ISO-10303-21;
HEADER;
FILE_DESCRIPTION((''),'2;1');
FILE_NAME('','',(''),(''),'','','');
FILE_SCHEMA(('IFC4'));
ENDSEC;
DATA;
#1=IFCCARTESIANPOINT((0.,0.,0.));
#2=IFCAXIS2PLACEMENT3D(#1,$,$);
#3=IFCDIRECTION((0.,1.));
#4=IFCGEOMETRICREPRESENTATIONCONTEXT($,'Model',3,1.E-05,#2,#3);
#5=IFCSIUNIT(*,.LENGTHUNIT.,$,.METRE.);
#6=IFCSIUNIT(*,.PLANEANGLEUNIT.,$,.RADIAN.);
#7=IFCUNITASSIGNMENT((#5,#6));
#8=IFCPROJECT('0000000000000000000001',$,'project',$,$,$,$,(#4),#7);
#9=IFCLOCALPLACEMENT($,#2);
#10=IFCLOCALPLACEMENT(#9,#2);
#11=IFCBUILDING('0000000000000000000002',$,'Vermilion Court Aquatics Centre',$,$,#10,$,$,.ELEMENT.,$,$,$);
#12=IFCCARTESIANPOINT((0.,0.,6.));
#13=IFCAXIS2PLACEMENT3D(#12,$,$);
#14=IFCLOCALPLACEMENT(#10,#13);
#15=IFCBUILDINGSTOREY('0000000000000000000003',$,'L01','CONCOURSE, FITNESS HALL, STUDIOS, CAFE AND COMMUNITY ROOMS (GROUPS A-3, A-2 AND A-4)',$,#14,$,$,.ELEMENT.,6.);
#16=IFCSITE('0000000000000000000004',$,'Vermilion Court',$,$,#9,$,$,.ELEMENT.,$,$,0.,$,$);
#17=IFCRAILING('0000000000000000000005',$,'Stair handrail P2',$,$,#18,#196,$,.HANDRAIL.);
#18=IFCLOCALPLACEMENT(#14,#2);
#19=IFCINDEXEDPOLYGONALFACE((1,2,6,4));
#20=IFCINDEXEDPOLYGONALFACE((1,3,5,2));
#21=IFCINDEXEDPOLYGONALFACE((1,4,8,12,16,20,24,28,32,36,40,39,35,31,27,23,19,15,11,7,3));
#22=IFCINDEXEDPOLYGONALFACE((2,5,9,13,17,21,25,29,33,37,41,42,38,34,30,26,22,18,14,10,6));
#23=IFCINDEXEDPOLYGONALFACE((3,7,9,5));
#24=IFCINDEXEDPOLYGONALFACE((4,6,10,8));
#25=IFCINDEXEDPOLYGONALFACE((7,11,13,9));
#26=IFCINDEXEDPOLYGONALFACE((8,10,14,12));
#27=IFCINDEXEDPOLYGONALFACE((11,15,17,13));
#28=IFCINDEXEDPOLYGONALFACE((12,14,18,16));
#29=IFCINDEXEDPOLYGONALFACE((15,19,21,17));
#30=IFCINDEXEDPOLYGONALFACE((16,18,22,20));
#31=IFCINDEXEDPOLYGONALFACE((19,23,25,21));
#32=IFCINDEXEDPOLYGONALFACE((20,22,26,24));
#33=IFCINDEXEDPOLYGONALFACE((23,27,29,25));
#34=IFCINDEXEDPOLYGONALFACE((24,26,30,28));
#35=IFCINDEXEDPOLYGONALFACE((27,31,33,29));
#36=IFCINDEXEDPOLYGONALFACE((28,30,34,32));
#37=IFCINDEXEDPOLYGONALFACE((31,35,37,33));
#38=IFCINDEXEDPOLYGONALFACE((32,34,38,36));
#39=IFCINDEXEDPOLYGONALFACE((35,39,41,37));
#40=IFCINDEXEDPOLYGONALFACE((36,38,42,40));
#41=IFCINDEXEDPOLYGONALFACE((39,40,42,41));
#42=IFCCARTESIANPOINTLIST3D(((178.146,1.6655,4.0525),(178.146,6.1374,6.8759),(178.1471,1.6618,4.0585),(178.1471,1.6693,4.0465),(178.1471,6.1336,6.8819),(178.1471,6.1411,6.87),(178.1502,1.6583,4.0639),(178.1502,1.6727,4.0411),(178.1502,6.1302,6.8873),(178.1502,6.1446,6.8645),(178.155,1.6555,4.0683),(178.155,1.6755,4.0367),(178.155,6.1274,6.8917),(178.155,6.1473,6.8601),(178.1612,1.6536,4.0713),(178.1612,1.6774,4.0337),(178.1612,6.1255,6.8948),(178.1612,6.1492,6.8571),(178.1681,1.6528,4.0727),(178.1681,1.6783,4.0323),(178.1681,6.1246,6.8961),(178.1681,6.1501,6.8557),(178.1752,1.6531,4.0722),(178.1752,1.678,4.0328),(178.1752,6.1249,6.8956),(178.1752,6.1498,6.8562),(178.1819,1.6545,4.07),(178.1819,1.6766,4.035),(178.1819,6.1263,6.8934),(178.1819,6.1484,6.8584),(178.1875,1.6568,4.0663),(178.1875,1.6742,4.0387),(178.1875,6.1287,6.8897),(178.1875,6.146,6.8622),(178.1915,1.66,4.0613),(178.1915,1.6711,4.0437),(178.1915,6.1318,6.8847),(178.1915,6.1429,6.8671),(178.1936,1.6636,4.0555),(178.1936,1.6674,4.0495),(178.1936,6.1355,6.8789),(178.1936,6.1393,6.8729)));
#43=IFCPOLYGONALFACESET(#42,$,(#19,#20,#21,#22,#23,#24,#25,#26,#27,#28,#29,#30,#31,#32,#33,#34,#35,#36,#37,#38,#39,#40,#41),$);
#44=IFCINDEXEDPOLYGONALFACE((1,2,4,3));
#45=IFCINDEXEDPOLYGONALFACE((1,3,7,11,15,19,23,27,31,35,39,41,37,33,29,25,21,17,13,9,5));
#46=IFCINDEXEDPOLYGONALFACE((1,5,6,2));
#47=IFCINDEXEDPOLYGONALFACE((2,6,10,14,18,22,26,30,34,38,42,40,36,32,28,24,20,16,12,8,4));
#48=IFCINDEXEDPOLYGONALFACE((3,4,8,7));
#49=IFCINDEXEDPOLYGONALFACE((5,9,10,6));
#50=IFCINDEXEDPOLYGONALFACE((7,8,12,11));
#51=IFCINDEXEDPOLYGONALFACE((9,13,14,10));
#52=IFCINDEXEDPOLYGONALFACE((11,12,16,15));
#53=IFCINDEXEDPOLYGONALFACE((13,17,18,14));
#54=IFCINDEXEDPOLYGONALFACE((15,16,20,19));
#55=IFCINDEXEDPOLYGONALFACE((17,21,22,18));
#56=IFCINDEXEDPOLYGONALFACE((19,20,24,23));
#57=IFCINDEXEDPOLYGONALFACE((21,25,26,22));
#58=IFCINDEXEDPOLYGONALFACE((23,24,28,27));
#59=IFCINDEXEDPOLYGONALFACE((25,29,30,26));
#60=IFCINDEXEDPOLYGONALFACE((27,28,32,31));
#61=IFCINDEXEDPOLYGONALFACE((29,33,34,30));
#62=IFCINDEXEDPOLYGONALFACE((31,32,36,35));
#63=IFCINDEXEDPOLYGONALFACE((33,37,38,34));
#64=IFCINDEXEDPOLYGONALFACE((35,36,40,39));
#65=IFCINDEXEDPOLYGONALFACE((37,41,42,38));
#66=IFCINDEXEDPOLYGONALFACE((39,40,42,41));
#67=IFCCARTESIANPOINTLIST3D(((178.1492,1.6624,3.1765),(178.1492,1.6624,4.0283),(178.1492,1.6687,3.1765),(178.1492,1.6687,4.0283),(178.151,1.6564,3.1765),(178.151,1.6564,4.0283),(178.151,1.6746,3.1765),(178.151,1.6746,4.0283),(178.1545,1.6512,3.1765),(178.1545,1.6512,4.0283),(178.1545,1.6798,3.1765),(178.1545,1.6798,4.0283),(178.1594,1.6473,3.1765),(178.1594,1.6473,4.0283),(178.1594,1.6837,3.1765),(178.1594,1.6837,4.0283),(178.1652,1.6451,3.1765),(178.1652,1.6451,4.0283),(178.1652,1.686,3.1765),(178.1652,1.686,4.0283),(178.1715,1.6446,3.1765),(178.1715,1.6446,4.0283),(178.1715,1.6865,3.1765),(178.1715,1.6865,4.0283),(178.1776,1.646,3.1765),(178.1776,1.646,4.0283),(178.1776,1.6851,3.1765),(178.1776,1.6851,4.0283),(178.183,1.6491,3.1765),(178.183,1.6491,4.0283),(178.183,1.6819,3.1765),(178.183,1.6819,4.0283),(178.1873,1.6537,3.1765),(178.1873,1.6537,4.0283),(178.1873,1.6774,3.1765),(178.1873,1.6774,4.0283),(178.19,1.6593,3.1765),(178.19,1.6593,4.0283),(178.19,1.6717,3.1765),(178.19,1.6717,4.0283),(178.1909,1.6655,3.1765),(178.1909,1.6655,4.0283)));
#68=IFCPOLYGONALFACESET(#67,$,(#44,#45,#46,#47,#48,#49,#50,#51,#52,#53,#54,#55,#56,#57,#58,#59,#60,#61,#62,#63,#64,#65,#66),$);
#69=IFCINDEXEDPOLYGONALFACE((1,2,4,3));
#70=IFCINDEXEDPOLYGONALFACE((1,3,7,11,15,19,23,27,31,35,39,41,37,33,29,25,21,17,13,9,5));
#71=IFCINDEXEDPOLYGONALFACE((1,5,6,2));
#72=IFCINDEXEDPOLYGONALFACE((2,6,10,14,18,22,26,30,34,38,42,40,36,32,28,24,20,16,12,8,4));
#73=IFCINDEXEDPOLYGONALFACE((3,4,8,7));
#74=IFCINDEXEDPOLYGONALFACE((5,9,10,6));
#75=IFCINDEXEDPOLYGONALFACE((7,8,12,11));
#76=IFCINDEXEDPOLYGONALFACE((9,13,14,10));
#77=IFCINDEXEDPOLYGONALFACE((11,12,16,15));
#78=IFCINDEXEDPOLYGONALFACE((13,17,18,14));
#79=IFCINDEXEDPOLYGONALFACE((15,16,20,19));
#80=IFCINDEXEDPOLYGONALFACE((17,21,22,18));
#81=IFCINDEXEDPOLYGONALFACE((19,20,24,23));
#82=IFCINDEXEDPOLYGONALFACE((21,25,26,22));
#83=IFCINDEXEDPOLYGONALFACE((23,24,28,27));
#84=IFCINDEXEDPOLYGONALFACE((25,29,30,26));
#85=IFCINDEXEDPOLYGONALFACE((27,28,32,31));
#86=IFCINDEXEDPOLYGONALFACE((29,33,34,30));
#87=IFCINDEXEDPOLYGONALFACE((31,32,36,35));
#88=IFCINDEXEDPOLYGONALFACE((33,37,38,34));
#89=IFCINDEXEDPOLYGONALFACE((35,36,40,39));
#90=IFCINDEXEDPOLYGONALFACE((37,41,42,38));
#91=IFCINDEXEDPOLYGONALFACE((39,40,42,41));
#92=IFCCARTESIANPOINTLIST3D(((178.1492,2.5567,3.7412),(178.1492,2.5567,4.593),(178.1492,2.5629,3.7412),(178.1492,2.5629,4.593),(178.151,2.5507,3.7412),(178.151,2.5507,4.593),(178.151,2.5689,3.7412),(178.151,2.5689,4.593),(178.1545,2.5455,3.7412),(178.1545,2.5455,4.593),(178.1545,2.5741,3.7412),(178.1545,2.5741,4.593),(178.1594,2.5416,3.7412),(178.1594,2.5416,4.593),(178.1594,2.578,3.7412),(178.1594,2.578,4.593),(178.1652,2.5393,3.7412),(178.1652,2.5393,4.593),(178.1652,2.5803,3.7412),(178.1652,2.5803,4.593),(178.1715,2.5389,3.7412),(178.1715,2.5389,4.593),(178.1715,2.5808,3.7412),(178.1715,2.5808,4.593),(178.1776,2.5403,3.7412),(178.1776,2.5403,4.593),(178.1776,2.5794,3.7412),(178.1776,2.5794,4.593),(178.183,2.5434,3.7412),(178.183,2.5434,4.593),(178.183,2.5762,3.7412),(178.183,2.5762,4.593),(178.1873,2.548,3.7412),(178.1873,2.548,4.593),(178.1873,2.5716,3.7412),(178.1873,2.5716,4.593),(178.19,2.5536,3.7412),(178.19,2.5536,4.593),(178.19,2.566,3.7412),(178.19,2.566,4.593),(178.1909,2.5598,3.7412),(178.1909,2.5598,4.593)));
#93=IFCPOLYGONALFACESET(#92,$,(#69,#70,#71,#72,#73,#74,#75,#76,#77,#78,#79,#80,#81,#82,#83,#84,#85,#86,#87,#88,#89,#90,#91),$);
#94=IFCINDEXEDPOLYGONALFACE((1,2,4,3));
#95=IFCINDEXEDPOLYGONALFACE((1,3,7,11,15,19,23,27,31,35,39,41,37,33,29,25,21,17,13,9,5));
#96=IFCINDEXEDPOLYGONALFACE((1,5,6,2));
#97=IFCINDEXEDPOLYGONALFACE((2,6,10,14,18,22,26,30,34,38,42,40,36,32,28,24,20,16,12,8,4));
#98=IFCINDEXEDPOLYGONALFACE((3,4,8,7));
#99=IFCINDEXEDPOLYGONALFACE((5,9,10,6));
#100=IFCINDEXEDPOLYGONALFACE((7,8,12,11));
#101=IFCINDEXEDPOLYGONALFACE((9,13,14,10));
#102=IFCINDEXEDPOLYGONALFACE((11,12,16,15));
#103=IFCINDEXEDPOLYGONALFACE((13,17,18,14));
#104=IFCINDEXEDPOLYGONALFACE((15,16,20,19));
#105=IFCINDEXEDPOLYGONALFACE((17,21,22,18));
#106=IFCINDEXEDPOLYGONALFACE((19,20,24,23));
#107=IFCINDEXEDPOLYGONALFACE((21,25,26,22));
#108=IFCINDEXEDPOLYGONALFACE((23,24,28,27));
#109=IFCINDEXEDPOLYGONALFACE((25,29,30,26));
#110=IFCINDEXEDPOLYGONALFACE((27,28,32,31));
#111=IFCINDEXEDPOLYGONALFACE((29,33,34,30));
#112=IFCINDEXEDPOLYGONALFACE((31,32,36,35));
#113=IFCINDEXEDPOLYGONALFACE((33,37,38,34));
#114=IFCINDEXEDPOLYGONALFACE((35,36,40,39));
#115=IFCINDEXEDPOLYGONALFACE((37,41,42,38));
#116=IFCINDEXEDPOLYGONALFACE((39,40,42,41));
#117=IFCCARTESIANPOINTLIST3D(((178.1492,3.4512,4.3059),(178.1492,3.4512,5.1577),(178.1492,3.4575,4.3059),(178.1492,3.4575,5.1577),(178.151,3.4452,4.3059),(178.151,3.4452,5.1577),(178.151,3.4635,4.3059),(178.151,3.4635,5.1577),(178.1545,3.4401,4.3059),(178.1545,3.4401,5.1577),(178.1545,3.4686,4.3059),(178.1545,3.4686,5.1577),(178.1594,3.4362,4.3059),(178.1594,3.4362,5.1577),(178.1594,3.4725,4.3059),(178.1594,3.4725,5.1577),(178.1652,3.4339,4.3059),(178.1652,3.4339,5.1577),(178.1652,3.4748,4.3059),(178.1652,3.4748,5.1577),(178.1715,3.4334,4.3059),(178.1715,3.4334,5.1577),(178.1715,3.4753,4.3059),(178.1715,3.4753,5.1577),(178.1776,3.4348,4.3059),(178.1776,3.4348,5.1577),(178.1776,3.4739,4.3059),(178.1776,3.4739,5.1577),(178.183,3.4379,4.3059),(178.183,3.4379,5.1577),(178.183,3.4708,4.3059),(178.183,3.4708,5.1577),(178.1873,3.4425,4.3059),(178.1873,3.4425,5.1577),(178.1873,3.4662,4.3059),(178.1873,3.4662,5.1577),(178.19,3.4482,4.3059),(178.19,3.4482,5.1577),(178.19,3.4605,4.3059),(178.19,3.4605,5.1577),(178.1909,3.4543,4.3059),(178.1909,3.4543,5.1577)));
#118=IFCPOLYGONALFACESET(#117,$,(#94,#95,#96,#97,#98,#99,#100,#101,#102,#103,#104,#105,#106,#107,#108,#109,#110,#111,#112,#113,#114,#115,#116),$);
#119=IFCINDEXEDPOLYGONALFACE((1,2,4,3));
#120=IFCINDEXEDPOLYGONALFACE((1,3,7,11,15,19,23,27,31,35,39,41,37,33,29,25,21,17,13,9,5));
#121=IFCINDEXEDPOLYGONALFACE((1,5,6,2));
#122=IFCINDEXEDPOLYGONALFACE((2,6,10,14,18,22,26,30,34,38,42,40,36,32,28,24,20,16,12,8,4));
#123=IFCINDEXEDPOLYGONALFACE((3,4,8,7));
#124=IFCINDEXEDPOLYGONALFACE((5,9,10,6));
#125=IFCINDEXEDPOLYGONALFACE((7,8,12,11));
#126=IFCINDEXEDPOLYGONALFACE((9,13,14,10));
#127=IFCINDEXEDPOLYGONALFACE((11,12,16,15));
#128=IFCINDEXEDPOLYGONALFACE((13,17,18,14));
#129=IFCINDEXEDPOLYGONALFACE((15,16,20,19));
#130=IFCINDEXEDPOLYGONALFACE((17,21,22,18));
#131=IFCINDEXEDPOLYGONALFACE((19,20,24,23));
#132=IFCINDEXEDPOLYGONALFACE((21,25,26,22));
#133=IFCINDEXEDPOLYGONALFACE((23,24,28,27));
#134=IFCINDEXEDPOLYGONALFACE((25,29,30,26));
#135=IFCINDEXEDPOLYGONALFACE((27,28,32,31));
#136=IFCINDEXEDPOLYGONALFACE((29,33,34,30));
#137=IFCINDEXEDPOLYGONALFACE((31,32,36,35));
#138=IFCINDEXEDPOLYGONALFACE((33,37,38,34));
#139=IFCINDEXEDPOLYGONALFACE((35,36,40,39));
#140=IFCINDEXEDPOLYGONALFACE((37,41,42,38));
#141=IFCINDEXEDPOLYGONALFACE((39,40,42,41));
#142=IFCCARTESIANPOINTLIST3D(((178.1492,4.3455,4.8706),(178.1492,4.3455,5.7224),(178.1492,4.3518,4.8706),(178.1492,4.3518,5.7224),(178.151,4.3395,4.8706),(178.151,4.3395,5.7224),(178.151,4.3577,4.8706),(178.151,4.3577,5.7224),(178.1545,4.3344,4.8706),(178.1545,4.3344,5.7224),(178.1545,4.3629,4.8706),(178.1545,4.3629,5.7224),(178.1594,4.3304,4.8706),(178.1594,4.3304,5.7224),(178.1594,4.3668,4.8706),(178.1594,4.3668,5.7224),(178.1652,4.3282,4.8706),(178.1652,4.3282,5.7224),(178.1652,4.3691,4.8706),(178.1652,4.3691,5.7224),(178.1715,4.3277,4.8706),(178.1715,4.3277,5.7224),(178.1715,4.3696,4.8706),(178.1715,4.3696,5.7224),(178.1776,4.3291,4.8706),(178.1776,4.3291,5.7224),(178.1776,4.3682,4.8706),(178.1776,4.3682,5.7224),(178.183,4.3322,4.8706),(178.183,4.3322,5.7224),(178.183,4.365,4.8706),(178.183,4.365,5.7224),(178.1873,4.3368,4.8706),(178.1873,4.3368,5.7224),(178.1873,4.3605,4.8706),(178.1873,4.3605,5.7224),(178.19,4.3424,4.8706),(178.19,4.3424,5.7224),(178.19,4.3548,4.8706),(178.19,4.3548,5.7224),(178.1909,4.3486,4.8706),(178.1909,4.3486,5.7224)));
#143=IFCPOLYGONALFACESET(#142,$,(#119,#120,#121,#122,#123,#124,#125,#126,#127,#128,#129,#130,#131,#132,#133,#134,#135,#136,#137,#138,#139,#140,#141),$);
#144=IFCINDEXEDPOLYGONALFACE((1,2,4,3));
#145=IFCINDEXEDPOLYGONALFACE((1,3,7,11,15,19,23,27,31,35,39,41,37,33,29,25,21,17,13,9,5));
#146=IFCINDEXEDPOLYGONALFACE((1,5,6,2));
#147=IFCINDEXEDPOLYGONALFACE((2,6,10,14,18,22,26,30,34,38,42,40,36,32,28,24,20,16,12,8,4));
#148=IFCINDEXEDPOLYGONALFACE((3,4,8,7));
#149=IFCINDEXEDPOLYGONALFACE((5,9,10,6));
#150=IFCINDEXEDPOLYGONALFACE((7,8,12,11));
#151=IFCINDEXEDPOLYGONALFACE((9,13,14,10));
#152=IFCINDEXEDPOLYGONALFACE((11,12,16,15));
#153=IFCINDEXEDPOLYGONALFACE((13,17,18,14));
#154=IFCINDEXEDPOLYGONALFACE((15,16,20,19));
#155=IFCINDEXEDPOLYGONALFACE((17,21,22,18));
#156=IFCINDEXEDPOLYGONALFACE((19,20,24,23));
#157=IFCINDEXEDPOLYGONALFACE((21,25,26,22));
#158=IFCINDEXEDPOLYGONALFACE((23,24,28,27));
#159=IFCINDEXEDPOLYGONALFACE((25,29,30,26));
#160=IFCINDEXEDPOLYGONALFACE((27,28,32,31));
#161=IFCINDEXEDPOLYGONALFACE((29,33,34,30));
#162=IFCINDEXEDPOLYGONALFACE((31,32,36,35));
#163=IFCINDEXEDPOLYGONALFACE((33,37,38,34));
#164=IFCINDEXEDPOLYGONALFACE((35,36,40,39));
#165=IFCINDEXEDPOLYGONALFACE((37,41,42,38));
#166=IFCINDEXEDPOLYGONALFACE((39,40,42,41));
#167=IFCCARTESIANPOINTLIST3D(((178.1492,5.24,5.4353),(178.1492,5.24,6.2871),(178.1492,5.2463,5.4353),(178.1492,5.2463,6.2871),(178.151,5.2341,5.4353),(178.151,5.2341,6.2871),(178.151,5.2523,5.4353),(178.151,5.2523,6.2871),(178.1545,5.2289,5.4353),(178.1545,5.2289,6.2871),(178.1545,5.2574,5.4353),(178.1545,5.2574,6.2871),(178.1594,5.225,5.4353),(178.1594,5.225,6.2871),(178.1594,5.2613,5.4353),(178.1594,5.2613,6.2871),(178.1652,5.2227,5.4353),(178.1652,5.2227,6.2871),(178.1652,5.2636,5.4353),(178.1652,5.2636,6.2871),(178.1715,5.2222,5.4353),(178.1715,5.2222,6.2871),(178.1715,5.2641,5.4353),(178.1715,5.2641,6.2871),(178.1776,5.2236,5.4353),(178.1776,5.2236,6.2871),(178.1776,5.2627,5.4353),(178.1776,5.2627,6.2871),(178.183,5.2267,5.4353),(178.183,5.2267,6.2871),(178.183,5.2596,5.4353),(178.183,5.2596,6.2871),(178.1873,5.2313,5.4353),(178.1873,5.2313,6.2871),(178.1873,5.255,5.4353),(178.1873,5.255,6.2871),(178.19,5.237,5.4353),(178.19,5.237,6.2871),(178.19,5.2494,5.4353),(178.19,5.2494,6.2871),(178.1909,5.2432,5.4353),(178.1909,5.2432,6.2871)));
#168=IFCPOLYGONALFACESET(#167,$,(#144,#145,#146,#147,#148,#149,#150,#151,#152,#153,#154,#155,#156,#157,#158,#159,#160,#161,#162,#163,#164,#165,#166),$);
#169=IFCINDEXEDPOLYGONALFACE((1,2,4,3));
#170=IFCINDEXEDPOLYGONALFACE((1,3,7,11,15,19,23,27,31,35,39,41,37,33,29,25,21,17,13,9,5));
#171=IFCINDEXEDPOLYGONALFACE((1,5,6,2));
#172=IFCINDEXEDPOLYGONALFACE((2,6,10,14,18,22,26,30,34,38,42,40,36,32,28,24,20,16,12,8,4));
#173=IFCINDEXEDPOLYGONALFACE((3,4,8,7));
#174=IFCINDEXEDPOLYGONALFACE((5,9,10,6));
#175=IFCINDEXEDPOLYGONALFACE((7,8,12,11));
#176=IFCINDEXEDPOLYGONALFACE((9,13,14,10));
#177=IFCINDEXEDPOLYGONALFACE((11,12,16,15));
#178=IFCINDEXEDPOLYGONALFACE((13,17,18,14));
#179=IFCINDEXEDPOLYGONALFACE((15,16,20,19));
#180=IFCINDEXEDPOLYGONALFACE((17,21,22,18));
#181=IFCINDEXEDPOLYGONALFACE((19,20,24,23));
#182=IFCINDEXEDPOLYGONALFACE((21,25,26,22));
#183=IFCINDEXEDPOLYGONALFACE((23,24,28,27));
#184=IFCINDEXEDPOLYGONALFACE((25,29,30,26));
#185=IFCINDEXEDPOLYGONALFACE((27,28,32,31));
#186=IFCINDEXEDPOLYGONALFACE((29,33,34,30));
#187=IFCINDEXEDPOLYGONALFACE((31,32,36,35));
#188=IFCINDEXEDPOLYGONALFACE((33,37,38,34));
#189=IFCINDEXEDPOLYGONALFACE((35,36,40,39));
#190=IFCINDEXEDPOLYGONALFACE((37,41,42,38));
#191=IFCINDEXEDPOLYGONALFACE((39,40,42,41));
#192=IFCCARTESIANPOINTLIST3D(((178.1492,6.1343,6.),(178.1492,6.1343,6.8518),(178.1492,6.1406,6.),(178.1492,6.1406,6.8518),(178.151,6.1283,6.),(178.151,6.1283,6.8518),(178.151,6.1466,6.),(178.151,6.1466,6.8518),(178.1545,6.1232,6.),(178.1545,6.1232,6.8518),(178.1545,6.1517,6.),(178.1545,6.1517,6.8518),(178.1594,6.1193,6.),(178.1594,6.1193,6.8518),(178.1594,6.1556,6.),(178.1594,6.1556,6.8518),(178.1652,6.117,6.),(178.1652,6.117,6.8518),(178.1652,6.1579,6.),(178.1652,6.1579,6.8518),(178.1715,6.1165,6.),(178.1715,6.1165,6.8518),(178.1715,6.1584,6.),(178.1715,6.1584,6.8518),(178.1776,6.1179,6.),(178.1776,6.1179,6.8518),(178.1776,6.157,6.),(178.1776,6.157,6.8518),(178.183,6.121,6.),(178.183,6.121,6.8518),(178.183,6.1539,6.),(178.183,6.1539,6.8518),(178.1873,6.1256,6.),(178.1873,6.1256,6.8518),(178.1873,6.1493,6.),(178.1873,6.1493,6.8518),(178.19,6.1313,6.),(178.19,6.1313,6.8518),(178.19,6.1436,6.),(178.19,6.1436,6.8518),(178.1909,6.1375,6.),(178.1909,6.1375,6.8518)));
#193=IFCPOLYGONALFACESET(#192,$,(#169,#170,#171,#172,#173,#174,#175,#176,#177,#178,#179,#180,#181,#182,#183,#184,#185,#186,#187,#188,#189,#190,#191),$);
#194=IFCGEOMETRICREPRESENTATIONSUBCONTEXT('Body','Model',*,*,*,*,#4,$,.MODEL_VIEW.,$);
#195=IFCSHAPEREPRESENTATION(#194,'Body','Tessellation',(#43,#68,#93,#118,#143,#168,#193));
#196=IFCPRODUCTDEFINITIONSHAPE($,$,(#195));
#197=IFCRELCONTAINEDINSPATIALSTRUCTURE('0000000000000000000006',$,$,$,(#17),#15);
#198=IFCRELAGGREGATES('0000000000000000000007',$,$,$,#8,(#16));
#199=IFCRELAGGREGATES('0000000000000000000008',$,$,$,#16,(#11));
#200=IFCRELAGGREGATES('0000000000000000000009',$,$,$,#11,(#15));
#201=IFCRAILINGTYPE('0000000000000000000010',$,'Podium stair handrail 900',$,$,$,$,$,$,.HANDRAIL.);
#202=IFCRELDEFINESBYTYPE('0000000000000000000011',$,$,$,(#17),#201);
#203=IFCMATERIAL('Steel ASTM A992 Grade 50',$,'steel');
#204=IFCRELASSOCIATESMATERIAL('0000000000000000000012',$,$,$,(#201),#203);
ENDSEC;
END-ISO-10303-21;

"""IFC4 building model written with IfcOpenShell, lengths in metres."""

from ifc_helpers import new_model, si_unit, direction, frame, origin, origin_2d, place, context, subcontext, project, spatial, circle, extrude, material, type_object, element, save


model = new_model("IFC4")

# Units and contexts
model_context = context("Model", 3, precision=1e-05, world=origin(), true_north=direction((0.0, 1.0)))
body_context = subcontext(model_context, "Body", "Model", "MODEL_VIEW")
ifc_project = project(units=[si_unit("LENGTHUNIT", "METRE"), si_unit("PLANEANGLEUNIT", "RADIAN")], contexts=[model_context])

# Site, building, storey
site_placement = place(None, origin())
site = spatial("IfcSite", under=ifc_project, at=site_placement, Name="Vermilion Court", CompositionType="ELEMENT", RefElevation=0.0)
building_placement = place(site_placement, origin())
building = spatial("IfcBuilding", under=site, at=building_placement, Name="Vermilion Court Aquatics Centre", CompositionType="ELEMENT")
storey_placement = place(building_placement, frame((0.0, 0.0, 6.0)))
storey = spatial("IfcBuildingStorey", under=building, at=storey_placement, Name="L01", Description="CONCOURSE, FITNESS HALL, STUDIOS, CAFE AND COMMUNITY ROOMS (GROUPS A-3, A-2 AND A-4)", CompositionType="ELEMENT", Elevation=6.0)

# Railing
ifc_material_1 = material(Name="Steel ASTM A992 Grade 50", Category="steel")
railing_type_1 = type_object("IfcRailingType", Name="Podium stair handrail 900", PredefinedType="HANDRAIL", material=ifc_material_1)
for number, where, name in (
    (1, (178.1699, 1.6655, 3.1765), "Stair handrail P2"),
):
    element("IfcRailing", number, at=place(storey_placement, frame(where)), inside=storey, type_object=railing_type_1, Name=name, PredefinedType="HANDRAIL", context=body_context, shape_type="SweptSolid", body=[
        extrude(circle(Radius=0.0239, at=origin_2d()), frame((0.0, 0.0, 0.876), z_axis=(0.0, 0.845565, 0.533873), x_axis=(-1.0, 0.0, 0.0)), (0.0, 0.0, 1.0), 5.2886),
        extrude(circle(Radius=0.021, at=origin_2d()), origin(), (0.0, 0.0, 1.0), 0.8518),
        extrude(circle(Radius=0.021, at=origin_2d()), frame((0.0, 0.8943, 0.5647)), (0.0, 0.0, 1.0), 0.8518),
        extrude(circle(Radius=0.021, at=origin_2d()), frame((0.0, 1.7888, 1.1294)), (0.0, 0.0, 1.0), 0.8518),
        extrude(circle(Radius=0.021, at=origin_2d()), frame((0.0, 2.6831, 1.6941)), (0.0, 0.0, 1.0), 0.8518),
        extrude(circle(Radius=0.021, at=origin_2d()), frame((0.0, 3.5776, 2.2588)), (0.0, 0.0, 1.0), 0.8518),
        extrude(circle(Radius=0.021, at=origin_2d()), frame((0.0, 4.4719, 2.8235)), (0.0, 0.0, 1.0), 0.8518),
    ])

save(model, "model.ifc")
